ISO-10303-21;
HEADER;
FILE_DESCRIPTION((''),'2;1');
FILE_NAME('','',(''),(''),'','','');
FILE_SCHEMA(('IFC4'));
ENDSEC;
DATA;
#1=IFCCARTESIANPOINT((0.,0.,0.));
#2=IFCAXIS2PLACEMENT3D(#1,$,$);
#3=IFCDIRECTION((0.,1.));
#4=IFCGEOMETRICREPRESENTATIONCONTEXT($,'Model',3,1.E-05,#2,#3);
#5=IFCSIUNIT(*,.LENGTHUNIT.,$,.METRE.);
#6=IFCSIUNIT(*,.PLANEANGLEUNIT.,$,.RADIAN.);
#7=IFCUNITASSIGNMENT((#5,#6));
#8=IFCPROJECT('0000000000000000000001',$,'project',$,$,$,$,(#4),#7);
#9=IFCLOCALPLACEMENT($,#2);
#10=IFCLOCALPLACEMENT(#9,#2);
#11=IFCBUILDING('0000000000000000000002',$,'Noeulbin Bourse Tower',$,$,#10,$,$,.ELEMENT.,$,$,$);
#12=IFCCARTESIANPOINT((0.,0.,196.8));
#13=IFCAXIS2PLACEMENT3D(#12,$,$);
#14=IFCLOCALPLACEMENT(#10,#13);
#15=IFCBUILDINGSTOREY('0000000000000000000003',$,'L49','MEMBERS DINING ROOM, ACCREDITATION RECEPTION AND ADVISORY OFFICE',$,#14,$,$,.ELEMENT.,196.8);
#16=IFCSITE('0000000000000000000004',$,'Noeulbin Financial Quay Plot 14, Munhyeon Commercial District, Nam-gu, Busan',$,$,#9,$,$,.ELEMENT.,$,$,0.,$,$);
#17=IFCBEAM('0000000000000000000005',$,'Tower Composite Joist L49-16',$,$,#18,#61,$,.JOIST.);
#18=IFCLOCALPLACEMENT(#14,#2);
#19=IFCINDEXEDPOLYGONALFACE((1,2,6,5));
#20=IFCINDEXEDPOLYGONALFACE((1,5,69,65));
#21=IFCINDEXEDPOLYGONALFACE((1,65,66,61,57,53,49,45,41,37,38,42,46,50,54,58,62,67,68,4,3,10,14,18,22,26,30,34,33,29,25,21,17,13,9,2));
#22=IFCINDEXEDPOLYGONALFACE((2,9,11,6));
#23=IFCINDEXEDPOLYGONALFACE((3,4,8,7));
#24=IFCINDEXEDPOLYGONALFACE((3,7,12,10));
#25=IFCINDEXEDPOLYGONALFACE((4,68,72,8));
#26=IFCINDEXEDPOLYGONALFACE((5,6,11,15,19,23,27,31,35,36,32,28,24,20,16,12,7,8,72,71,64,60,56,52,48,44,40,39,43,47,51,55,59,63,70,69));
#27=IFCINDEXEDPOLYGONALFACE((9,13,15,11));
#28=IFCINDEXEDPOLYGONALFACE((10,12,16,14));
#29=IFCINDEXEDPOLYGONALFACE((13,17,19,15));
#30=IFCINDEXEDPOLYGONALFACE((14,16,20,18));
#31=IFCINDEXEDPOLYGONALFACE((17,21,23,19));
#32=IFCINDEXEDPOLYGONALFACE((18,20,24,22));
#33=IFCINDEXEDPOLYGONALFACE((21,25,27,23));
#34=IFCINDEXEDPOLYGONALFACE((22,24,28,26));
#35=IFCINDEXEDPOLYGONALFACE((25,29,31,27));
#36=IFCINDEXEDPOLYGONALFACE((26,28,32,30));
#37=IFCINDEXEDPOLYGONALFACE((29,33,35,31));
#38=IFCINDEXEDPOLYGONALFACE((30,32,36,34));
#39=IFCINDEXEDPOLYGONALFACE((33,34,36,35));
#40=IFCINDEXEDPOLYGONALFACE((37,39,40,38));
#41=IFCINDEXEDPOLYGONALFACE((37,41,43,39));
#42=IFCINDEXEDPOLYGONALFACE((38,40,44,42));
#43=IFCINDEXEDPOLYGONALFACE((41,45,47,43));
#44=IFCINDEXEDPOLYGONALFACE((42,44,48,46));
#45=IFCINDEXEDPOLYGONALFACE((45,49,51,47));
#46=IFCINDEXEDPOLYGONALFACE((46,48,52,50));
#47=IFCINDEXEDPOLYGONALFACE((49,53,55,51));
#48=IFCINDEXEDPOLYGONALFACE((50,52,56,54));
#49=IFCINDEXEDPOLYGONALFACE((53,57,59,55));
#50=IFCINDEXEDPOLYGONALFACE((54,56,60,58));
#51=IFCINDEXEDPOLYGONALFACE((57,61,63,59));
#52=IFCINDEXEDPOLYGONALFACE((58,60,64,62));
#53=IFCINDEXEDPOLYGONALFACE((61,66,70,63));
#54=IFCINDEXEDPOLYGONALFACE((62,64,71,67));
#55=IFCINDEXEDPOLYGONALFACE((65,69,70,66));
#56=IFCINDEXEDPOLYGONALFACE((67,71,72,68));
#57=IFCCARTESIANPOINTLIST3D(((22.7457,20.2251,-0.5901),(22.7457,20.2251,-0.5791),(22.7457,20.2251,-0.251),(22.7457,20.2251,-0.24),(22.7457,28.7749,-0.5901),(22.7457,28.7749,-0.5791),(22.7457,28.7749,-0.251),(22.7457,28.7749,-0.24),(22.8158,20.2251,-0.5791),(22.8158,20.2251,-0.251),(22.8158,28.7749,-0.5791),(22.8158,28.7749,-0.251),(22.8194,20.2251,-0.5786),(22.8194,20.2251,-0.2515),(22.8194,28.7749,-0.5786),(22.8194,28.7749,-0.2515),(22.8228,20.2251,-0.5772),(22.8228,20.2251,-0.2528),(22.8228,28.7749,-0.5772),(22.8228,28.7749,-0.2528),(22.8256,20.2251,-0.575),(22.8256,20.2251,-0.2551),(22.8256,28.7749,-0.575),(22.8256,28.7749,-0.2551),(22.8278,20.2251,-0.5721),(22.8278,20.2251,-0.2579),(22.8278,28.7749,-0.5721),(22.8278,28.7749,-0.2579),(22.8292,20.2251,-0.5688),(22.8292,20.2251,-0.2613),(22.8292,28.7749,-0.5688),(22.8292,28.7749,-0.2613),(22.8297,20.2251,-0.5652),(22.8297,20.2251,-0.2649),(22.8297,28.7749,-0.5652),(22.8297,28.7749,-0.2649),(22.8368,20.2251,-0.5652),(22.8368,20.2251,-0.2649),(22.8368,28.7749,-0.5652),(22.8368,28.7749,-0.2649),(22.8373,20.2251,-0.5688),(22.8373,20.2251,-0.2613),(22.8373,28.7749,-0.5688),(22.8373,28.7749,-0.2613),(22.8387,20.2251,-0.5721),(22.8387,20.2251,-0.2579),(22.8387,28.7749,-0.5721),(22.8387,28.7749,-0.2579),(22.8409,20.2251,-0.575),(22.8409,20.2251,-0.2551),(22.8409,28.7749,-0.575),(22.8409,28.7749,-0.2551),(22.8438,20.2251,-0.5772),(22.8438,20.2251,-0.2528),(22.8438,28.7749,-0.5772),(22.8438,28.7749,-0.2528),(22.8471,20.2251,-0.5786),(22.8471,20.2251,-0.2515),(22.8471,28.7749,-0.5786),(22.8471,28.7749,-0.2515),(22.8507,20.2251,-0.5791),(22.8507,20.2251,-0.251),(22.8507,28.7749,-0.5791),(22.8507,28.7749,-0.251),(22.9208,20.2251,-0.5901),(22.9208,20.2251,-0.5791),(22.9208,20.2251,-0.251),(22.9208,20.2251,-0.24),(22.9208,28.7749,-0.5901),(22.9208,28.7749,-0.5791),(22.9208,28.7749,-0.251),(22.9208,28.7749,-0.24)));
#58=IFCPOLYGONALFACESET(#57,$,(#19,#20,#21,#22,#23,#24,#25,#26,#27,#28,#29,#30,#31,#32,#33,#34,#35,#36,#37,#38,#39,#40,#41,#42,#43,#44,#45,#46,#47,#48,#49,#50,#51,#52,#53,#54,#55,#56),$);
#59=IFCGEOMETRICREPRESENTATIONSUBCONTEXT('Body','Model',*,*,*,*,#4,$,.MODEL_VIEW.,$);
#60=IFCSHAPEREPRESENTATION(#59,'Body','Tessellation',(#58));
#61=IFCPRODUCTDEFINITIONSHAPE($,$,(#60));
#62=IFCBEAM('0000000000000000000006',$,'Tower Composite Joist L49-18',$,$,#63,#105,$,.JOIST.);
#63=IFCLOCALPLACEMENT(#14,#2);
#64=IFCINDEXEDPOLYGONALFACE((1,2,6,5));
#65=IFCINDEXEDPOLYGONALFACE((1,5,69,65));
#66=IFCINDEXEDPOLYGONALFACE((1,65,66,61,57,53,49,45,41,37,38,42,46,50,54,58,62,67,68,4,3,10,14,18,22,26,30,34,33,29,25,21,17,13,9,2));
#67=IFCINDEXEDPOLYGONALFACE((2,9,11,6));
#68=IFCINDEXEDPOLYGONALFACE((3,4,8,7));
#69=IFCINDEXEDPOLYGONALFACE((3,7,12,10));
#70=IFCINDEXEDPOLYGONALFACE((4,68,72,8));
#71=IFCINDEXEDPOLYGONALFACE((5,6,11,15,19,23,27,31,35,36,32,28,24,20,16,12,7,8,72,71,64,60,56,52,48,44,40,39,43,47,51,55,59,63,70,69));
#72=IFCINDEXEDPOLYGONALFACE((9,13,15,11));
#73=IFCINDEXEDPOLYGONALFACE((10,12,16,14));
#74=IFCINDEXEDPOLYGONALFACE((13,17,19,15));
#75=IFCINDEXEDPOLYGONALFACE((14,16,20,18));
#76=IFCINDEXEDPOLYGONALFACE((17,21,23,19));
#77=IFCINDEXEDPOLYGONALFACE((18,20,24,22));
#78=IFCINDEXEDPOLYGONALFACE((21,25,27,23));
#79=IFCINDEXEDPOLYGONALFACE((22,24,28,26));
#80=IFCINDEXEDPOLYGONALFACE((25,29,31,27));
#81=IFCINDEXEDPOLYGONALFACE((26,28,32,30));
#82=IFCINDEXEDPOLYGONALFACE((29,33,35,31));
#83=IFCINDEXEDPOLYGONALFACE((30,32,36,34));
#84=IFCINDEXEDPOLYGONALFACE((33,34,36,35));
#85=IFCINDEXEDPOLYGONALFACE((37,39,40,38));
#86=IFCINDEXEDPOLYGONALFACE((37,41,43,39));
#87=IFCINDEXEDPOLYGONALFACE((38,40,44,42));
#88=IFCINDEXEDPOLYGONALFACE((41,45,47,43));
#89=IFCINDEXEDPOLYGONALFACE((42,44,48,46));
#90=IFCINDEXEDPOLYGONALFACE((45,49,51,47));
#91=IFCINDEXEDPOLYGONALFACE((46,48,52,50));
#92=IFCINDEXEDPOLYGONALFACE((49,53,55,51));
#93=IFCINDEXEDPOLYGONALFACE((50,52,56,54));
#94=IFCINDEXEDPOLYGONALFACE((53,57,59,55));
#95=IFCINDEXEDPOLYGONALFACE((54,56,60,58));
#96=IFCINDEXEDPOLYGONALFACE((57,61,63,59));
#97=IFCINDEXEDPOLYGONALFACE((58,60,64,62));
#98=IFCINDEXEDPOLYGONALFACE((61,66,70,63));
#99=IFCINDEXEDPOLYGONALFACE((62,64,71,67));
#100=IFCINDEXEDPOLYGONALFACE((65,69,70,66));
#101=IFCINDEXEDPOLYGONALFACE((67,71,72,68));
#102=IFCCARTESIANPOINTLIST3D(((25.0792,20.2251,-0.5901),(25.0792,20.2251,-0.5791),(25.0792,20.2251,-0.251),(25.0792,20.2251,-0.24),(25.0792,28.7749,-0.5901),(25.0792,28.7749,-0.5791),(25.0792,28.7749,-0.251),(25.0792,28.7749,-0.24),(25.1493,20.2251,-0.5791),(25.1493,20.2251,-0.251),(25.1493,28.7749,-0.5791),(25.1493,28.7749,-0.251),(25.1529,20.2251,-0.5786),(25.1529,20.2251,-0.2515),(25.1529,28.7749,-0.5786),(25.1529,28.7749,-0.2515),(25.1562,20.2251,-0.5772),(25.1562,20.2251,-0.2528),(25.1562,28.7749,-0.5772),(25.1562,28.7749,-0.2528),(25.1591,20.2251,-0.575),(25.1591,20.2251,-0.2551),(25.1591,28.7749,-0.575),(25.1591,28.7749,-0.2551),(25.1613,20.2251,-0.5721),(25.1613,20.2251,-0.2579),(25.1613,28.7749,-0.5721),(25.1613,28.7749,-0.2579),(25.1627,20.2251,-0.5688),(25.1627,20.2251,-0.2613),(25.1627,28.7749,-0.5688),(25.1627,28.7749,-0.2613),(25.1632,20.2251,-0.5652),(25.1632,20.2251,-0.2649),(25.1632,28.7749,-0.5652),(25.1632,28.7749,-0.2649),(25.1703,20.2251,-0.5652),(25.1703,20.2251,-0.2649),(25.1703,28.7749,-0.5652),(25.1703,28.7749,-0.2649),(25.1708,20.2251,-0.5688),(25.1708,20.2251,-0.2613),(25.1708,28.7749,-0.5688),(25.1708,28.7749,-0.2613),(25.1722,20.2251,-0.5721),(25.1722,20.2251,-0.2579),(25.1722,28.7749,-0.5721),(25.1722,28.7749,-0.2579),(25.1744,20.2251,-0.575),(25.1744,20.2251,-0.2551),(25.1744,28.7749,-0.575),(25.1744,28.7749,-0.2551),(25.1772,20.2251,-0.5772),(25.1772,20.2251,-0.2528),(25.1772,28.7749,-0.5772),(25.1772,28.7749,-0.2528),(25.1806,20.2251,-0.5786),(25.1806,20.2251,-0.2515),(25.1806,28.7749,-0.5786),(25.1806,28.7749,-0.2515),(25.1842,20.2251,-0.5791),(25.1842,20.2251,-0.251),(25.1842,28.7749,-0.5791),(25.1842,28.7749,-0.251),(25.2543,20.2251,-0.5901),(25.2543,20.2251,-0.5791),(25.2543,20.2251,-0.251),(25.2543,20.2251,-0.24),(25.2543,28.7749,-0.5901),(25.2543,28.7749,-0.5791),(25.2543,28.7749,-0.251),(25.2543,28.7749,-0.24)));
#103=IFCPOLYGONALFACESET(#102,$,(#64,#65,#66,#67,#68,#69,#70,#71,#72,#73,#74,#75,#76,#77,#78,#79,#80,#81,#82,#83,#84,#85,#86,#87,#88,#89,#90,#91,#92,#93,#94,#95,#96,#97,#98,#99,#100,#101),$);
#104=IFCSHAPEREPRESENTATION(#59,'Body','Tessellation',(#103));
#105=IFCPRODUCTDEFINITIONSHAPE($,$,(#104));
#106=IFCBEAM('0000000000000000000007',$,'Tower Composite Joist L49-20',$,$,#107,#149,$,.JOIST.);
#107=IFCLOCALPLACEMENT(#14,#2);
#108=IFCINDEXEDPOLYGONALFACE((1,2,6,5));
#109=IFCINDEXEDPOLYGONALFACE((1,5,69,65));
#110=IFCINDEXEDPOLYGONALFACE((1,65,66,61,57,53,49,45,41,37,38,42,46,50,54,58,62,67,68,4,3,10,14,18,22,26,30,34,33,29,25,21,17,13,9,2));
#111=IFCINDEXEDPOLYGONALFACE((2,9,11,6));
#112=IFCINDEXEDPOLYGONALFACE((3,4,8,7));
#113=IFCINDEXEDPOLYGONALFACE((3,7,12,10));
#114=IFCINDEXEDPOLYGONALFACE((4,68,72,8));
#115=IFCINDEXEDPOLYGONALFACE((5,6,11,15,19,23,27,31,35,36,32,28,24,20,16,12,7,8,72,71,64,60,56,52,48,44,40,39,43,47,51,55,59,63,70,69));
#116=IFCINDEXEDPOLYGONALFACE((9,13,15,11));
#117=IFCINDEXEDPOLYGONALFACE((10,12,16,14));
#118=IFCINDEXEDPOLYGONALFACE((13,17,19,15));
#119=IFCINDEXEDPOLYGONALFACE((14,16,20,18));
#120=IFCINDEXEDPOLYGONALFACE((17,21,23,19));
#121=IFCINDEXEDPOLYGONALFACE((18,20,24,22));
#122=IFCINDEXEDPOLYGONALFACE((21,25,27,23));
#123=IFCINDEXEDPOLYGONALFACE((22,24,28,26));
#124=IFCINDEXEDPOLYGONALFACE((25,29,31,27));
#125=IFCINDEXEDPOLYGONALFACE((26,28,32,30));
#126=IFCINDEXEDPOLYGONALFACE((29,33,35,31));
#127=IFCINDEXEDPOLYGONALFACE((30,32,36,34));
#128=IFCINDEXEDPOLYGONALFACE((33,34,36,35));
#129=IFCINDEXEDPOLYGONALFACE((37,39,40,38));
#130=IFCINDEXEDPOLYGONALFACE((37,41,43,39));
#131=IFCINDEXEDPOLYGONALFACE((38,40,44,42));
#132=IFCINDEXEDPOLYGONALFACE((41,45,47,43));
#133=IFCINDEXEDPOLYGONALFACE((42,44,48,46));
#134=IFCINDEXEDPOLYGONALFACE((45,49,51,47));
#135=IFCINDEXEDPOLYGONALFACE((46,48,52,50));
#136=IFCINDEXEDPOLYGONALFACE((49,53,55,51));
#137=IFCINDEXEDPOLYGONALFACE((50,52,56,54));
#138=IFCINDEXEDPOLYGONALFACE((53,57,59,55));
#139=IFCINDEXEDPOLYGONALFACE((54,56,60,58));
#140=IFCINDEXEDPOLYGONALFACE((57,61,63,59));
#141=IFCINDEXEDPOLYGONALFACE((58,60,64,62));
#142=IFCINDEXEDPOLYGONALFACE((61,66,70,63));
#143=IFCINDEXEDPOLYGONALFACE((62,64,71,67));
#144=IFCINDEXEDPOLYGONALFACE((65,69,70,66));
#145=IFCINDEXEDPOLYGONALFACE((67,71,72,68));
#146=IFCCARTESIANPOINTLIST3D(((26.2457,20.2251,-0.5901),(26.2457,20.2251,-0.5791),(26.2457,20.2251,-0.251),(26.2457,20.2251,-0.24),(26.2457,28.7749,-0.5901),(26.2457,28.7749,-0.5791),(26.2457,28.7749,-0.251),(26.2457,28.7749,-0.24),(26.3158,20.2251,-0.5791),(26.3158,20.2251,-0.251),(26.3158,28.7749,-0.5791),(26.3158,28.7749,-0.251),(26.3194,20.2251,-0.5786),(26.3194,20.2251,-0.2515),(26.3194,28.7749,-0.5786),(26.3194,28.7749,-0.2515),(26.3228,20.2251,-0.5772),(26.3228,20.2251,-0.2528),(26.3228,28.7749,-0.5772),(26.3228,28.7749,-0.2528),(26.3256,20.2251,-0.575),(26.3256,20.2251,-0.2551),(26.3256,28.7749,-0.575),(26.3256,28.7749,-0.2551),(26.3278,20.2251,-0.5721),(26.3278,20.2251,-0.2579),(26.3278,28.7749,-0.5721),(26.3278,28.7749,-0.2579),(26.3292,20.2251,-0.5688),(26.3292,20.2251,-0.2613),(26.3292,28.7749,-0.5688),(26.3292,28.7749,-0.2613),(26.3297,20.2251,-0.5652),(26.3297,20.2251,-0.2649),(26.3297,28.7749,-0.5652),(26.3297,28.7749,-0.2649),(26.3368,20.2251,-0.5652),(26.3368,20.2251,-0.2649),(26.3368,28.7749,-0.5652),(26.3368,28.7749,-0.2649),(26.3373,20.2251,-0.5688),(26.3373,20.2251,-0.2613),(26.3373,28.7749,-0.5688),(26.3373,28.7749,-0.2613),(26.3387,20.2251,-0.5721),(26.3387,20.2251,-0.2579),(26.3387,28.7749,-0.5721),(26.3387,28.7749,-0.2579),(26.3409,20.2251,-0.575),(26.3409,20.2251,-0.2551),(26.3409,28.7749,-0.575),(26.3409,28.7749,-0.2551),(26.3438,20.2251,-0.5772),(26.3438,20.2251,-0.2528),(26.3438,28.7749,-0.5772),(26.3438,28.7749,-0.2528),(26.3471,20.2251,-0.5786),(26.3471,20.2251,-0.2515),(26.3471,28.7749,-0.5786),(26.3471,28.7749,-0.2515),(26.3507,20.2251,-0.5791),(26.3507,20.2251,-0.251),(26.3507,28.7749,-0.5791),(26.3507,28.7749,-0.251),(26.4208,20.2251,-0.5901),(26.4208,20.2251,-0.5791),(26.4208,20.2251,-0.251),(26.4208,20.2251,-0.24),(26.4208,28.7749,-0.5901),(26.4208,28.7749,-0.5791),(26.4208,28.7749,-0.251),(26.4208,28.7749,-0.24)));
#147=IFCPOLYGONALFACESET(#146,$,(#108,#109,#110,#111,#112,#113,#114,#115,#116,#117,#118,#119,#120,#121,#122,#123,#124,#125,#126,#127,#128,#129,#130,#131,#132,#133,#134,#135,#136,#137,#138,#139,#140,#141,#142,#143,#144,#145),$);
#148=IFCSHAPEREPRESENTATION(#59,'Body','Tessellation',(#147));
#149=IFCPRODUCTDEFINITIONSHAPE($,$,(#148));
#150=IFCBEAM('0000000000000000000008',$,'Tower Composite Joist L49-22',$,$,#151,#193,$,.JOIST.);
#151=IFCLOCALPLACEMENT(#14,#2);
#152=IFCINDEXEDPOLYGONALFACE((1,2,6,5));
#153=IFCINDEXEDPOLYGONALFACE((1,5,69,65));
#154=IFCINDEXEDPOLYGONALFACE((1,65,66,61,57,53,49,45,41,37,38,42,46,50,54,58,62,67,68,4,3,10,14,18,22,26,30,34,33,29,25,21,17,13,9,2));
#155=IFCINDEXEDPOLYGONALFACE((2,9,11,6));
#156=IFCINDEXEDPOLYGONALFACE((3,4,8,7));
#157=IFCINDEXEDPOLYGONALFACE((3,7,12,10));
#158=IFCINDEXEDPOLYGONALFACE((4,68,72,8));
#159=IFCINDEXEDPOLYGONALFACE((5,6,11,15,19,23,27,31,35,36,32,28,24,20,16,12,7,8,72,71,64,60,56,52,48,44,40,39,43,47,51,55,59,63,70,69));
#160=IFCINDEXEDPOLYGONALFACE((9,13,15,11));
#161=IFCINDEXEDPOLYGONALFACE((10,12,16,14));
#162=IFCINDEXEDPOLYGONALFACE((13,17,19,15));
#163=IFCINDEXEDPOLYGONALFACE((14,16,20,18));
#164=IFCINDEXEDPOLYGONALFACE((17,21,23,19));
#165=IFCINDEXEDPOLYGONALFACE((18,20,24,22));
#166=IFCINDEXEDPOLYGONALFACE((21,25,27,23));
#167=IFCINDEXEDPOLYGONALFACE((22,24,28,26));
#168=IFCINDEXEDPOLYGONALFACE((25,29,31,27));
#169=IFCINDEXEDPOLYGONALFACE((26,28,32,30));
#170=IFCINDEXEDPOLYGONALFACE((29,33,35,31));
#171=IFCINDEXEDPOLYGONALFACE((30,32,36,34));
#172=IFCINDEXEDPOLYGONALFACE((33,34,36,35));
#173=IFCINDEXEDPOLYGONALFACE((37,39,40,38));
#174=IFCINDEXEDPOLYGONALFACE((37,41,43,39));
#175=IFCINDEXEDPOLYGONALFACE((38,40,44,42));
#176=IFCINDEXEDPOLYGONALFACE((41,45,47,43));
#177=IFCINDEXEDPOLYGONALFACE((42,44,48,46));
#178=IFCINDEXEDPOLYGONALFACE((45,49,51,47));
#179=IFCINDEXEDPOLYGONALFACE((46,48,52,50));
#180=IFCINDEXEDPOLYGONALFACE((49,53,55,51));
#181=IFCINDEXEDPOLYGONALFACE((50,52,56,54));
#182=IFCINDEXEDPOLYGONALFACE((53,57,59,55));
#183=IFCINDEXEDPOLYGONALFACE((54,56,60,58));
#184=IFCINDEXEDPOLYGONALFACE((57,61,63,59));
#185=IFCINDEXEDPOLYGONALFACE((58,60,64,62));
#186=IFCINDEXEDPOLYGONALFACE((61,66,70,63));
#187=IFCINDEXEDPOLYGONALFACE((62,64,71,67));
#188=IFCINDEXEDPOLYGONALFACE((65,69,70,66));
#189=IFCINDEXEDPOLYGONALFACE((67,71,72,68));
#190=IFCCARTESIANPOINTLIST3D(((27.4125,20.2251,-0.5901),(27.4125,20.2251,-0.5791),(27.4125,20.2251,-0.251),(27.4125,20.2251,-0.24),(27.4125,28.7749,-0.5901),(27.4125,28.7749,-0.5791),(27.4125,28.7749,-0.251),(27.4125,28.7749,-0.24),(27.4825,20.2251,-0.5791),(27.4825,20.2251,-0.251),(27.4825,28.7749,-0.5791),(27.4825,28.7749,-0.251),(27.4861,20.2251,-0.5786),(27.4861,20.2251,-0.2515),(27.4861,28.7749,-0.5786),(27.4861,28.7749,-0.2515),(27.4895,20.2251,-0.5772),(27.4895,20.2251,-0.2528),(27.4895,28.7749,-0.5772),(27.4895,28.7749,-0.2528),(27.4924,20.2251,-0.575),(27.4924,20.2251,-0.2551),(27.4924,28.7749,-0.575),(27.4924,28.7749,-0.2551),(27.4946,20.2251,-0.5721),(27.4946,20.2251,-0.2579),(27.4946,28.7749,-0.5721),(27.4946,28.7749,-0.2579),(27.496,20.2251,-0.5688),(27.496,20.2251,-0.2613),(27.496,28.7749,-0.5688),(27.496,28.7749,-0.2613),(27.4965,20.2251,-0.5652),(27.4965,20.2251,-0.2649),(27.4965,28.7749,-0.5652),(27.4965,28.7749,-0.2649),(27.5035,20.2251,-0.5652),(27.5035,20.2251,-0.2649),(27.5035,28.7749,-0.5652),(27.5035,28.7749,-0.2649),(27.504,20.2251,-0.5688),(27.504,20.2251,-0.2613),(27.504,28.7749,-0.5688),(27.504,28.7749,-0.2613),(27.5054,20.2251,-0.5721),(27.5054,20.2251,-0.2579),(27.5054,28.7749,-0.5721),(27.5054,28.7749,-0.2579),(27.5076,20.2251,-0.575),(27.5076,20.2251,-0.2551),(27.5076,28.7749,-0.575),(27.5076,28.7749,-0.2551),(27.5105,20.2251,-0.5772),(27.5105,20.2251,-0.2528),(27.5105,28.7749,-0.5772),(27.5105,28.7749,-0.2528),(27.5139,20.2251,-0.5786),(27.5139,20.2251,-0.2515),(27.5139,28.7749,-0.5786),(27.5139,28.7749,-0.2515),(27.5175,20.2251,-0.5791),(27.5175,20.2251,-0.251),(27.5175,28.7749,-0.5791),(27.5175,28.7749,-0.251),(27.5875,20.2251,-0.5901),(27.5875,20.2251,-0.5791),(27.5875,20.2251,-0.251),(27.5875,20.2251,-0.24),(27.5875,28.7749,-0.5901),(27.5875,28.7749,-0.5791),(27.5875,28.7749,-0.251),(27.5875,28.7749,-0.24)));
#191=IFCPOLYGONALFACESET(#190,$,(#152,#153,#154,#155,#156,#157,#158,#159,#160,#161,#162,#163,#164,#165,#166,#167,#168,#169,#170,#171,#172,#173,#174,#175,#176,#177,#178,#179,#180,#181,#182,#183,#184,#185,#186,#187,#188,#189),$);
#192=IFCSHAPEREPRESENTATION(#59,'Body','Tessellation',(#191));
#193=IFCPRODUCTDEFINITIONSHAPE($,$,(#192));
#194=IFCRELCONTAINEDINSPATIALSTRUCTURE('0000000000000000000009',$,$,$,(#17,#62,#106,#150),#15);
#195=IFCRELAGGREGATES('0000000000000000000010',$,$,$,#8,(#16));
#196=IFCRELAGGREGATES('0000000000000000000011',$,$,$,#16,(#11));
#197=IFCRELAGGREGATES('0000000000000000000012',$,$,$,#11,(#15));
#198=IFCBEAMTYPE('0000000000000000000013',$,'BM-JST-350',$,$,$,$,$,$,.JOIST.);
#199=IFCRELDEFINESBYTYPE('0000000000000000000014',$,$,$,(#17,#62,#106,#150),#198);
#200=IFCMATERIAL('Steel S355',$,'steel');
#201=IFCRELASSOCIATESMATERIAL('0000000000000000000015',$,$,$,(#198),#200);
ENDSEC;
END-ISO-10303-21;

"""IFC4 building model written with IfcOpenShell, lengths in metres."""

from ifc_helpers import new_model, si_unit, direction, frame, origin, origin_2d, place, context, subcontext, project, spatial, i_section, extrude, material, material_profile, profile_set, type_object, element, save


model = new_model("IFC4")

# Units and contexts
model_context = context("Model", 3, precision=1e-05, world=origin(), true_north=direction((0.0, 1.0)))
body_context = subcontext(model_context, "Body", "Model", "MODEL_VIEW")
ifc_project = project(units=[si_unit("LENGTHUNIT", "METRE"), si_unit("PLANEANGLEUNIT", "RADIAN")], contexts=[model_context])

# Site, building, storey
site_placement = place(None, origin())
site = spatial("IfcSite", under=ifc_project, at=site_placement, Name="Noeulbin Financial Quay Plot 14, Munhyeon Commercial District, Nam-gu, Busan", CompositionType="ELEMENT", RefElevation=0.0)
building_placement = place(site_placement, origin())
building = spatial("IfcBuilding", under=site, at=building_placement, Name="Noeulbin Bourse Tower", CompositionType="ELEMENT")
storey_placement = place(building_placement, frame((0.0, 0.0, 196.8)))
storey = spatial("IfcBuildingStorey", under=building, at=storey_placement, Name="L49", Description="MEMBERS DINING ROOM, ACCREDITATION RECEPTION AND ADVISORY OFFICE", CompositionType="ELEMENT", Elevation=196.8)

# Beams
ifc_material_1 = material(Name="Steel S355", Category="steel")
ifc_material_profile_1 = material_profile(ifc_material_1, i_section(OverallWidth=0.175, OverallDepth=0.3501, WebThickness=0.0071, FlangeThickness=0.011, FilletRadius=0.0139, at=origin_2d()), Name="H-350x175x7x11", Category="LoadBearing")
ifc_profile_set_1 = profile_set([ifc_material_profile_1], Name="Steel S355")
beam_type_1 = type_object("IfcBeamType", Name="BM-JST-350", PredefinedType="JOIST", material=ifc_profile_set_1)
for number, where, z_axis, x_axis, name in (
    (1, (22.8333, 20.2251, -0.415), (0.0, 1.0, 0.0), (-1.0, 0.0, 0.0), "Tower Composite Joist L49-16"),
    (2, (25.1667, 20.2251, -0.415), (0.0, 1.0, 0.0), (-1.0, 0.0, 0.0), "Tower Composite Joist L49-18"),
    (3, (26.3333, 20.2251, -0.415), (0.0, 1.0, 0.0), (-1.0, 0.0, 0.0), "Tower Composite Joist L49-20"),
    (4, (27.5, 20.2251, -0.415), (0.0, 1.0, 0.0), (-1.0, 0.0, 0.0), "Tower Composite Joist L49-22"),
):
    element("IfcBeam", number, at=place(storey_placement, frame(where, z_axis=z_axis, x_axis=x_axis)), inside=storey, type_object=beam_type_1, Name=name, PredefinedType="JOIST", context=body_context, shape_type="SweptSolid", body=[
        extrude(i_section(OverallWidth=0.175, OverallDepth=0.3501, WebThickness=0.0071, FlangeThickness=0.011, FilletRadius=0.0139, at=origin_2d()), origin(), (0.0, 0.0, 1.0), 8.5498),
    ])

save(model, "model.ifc")
